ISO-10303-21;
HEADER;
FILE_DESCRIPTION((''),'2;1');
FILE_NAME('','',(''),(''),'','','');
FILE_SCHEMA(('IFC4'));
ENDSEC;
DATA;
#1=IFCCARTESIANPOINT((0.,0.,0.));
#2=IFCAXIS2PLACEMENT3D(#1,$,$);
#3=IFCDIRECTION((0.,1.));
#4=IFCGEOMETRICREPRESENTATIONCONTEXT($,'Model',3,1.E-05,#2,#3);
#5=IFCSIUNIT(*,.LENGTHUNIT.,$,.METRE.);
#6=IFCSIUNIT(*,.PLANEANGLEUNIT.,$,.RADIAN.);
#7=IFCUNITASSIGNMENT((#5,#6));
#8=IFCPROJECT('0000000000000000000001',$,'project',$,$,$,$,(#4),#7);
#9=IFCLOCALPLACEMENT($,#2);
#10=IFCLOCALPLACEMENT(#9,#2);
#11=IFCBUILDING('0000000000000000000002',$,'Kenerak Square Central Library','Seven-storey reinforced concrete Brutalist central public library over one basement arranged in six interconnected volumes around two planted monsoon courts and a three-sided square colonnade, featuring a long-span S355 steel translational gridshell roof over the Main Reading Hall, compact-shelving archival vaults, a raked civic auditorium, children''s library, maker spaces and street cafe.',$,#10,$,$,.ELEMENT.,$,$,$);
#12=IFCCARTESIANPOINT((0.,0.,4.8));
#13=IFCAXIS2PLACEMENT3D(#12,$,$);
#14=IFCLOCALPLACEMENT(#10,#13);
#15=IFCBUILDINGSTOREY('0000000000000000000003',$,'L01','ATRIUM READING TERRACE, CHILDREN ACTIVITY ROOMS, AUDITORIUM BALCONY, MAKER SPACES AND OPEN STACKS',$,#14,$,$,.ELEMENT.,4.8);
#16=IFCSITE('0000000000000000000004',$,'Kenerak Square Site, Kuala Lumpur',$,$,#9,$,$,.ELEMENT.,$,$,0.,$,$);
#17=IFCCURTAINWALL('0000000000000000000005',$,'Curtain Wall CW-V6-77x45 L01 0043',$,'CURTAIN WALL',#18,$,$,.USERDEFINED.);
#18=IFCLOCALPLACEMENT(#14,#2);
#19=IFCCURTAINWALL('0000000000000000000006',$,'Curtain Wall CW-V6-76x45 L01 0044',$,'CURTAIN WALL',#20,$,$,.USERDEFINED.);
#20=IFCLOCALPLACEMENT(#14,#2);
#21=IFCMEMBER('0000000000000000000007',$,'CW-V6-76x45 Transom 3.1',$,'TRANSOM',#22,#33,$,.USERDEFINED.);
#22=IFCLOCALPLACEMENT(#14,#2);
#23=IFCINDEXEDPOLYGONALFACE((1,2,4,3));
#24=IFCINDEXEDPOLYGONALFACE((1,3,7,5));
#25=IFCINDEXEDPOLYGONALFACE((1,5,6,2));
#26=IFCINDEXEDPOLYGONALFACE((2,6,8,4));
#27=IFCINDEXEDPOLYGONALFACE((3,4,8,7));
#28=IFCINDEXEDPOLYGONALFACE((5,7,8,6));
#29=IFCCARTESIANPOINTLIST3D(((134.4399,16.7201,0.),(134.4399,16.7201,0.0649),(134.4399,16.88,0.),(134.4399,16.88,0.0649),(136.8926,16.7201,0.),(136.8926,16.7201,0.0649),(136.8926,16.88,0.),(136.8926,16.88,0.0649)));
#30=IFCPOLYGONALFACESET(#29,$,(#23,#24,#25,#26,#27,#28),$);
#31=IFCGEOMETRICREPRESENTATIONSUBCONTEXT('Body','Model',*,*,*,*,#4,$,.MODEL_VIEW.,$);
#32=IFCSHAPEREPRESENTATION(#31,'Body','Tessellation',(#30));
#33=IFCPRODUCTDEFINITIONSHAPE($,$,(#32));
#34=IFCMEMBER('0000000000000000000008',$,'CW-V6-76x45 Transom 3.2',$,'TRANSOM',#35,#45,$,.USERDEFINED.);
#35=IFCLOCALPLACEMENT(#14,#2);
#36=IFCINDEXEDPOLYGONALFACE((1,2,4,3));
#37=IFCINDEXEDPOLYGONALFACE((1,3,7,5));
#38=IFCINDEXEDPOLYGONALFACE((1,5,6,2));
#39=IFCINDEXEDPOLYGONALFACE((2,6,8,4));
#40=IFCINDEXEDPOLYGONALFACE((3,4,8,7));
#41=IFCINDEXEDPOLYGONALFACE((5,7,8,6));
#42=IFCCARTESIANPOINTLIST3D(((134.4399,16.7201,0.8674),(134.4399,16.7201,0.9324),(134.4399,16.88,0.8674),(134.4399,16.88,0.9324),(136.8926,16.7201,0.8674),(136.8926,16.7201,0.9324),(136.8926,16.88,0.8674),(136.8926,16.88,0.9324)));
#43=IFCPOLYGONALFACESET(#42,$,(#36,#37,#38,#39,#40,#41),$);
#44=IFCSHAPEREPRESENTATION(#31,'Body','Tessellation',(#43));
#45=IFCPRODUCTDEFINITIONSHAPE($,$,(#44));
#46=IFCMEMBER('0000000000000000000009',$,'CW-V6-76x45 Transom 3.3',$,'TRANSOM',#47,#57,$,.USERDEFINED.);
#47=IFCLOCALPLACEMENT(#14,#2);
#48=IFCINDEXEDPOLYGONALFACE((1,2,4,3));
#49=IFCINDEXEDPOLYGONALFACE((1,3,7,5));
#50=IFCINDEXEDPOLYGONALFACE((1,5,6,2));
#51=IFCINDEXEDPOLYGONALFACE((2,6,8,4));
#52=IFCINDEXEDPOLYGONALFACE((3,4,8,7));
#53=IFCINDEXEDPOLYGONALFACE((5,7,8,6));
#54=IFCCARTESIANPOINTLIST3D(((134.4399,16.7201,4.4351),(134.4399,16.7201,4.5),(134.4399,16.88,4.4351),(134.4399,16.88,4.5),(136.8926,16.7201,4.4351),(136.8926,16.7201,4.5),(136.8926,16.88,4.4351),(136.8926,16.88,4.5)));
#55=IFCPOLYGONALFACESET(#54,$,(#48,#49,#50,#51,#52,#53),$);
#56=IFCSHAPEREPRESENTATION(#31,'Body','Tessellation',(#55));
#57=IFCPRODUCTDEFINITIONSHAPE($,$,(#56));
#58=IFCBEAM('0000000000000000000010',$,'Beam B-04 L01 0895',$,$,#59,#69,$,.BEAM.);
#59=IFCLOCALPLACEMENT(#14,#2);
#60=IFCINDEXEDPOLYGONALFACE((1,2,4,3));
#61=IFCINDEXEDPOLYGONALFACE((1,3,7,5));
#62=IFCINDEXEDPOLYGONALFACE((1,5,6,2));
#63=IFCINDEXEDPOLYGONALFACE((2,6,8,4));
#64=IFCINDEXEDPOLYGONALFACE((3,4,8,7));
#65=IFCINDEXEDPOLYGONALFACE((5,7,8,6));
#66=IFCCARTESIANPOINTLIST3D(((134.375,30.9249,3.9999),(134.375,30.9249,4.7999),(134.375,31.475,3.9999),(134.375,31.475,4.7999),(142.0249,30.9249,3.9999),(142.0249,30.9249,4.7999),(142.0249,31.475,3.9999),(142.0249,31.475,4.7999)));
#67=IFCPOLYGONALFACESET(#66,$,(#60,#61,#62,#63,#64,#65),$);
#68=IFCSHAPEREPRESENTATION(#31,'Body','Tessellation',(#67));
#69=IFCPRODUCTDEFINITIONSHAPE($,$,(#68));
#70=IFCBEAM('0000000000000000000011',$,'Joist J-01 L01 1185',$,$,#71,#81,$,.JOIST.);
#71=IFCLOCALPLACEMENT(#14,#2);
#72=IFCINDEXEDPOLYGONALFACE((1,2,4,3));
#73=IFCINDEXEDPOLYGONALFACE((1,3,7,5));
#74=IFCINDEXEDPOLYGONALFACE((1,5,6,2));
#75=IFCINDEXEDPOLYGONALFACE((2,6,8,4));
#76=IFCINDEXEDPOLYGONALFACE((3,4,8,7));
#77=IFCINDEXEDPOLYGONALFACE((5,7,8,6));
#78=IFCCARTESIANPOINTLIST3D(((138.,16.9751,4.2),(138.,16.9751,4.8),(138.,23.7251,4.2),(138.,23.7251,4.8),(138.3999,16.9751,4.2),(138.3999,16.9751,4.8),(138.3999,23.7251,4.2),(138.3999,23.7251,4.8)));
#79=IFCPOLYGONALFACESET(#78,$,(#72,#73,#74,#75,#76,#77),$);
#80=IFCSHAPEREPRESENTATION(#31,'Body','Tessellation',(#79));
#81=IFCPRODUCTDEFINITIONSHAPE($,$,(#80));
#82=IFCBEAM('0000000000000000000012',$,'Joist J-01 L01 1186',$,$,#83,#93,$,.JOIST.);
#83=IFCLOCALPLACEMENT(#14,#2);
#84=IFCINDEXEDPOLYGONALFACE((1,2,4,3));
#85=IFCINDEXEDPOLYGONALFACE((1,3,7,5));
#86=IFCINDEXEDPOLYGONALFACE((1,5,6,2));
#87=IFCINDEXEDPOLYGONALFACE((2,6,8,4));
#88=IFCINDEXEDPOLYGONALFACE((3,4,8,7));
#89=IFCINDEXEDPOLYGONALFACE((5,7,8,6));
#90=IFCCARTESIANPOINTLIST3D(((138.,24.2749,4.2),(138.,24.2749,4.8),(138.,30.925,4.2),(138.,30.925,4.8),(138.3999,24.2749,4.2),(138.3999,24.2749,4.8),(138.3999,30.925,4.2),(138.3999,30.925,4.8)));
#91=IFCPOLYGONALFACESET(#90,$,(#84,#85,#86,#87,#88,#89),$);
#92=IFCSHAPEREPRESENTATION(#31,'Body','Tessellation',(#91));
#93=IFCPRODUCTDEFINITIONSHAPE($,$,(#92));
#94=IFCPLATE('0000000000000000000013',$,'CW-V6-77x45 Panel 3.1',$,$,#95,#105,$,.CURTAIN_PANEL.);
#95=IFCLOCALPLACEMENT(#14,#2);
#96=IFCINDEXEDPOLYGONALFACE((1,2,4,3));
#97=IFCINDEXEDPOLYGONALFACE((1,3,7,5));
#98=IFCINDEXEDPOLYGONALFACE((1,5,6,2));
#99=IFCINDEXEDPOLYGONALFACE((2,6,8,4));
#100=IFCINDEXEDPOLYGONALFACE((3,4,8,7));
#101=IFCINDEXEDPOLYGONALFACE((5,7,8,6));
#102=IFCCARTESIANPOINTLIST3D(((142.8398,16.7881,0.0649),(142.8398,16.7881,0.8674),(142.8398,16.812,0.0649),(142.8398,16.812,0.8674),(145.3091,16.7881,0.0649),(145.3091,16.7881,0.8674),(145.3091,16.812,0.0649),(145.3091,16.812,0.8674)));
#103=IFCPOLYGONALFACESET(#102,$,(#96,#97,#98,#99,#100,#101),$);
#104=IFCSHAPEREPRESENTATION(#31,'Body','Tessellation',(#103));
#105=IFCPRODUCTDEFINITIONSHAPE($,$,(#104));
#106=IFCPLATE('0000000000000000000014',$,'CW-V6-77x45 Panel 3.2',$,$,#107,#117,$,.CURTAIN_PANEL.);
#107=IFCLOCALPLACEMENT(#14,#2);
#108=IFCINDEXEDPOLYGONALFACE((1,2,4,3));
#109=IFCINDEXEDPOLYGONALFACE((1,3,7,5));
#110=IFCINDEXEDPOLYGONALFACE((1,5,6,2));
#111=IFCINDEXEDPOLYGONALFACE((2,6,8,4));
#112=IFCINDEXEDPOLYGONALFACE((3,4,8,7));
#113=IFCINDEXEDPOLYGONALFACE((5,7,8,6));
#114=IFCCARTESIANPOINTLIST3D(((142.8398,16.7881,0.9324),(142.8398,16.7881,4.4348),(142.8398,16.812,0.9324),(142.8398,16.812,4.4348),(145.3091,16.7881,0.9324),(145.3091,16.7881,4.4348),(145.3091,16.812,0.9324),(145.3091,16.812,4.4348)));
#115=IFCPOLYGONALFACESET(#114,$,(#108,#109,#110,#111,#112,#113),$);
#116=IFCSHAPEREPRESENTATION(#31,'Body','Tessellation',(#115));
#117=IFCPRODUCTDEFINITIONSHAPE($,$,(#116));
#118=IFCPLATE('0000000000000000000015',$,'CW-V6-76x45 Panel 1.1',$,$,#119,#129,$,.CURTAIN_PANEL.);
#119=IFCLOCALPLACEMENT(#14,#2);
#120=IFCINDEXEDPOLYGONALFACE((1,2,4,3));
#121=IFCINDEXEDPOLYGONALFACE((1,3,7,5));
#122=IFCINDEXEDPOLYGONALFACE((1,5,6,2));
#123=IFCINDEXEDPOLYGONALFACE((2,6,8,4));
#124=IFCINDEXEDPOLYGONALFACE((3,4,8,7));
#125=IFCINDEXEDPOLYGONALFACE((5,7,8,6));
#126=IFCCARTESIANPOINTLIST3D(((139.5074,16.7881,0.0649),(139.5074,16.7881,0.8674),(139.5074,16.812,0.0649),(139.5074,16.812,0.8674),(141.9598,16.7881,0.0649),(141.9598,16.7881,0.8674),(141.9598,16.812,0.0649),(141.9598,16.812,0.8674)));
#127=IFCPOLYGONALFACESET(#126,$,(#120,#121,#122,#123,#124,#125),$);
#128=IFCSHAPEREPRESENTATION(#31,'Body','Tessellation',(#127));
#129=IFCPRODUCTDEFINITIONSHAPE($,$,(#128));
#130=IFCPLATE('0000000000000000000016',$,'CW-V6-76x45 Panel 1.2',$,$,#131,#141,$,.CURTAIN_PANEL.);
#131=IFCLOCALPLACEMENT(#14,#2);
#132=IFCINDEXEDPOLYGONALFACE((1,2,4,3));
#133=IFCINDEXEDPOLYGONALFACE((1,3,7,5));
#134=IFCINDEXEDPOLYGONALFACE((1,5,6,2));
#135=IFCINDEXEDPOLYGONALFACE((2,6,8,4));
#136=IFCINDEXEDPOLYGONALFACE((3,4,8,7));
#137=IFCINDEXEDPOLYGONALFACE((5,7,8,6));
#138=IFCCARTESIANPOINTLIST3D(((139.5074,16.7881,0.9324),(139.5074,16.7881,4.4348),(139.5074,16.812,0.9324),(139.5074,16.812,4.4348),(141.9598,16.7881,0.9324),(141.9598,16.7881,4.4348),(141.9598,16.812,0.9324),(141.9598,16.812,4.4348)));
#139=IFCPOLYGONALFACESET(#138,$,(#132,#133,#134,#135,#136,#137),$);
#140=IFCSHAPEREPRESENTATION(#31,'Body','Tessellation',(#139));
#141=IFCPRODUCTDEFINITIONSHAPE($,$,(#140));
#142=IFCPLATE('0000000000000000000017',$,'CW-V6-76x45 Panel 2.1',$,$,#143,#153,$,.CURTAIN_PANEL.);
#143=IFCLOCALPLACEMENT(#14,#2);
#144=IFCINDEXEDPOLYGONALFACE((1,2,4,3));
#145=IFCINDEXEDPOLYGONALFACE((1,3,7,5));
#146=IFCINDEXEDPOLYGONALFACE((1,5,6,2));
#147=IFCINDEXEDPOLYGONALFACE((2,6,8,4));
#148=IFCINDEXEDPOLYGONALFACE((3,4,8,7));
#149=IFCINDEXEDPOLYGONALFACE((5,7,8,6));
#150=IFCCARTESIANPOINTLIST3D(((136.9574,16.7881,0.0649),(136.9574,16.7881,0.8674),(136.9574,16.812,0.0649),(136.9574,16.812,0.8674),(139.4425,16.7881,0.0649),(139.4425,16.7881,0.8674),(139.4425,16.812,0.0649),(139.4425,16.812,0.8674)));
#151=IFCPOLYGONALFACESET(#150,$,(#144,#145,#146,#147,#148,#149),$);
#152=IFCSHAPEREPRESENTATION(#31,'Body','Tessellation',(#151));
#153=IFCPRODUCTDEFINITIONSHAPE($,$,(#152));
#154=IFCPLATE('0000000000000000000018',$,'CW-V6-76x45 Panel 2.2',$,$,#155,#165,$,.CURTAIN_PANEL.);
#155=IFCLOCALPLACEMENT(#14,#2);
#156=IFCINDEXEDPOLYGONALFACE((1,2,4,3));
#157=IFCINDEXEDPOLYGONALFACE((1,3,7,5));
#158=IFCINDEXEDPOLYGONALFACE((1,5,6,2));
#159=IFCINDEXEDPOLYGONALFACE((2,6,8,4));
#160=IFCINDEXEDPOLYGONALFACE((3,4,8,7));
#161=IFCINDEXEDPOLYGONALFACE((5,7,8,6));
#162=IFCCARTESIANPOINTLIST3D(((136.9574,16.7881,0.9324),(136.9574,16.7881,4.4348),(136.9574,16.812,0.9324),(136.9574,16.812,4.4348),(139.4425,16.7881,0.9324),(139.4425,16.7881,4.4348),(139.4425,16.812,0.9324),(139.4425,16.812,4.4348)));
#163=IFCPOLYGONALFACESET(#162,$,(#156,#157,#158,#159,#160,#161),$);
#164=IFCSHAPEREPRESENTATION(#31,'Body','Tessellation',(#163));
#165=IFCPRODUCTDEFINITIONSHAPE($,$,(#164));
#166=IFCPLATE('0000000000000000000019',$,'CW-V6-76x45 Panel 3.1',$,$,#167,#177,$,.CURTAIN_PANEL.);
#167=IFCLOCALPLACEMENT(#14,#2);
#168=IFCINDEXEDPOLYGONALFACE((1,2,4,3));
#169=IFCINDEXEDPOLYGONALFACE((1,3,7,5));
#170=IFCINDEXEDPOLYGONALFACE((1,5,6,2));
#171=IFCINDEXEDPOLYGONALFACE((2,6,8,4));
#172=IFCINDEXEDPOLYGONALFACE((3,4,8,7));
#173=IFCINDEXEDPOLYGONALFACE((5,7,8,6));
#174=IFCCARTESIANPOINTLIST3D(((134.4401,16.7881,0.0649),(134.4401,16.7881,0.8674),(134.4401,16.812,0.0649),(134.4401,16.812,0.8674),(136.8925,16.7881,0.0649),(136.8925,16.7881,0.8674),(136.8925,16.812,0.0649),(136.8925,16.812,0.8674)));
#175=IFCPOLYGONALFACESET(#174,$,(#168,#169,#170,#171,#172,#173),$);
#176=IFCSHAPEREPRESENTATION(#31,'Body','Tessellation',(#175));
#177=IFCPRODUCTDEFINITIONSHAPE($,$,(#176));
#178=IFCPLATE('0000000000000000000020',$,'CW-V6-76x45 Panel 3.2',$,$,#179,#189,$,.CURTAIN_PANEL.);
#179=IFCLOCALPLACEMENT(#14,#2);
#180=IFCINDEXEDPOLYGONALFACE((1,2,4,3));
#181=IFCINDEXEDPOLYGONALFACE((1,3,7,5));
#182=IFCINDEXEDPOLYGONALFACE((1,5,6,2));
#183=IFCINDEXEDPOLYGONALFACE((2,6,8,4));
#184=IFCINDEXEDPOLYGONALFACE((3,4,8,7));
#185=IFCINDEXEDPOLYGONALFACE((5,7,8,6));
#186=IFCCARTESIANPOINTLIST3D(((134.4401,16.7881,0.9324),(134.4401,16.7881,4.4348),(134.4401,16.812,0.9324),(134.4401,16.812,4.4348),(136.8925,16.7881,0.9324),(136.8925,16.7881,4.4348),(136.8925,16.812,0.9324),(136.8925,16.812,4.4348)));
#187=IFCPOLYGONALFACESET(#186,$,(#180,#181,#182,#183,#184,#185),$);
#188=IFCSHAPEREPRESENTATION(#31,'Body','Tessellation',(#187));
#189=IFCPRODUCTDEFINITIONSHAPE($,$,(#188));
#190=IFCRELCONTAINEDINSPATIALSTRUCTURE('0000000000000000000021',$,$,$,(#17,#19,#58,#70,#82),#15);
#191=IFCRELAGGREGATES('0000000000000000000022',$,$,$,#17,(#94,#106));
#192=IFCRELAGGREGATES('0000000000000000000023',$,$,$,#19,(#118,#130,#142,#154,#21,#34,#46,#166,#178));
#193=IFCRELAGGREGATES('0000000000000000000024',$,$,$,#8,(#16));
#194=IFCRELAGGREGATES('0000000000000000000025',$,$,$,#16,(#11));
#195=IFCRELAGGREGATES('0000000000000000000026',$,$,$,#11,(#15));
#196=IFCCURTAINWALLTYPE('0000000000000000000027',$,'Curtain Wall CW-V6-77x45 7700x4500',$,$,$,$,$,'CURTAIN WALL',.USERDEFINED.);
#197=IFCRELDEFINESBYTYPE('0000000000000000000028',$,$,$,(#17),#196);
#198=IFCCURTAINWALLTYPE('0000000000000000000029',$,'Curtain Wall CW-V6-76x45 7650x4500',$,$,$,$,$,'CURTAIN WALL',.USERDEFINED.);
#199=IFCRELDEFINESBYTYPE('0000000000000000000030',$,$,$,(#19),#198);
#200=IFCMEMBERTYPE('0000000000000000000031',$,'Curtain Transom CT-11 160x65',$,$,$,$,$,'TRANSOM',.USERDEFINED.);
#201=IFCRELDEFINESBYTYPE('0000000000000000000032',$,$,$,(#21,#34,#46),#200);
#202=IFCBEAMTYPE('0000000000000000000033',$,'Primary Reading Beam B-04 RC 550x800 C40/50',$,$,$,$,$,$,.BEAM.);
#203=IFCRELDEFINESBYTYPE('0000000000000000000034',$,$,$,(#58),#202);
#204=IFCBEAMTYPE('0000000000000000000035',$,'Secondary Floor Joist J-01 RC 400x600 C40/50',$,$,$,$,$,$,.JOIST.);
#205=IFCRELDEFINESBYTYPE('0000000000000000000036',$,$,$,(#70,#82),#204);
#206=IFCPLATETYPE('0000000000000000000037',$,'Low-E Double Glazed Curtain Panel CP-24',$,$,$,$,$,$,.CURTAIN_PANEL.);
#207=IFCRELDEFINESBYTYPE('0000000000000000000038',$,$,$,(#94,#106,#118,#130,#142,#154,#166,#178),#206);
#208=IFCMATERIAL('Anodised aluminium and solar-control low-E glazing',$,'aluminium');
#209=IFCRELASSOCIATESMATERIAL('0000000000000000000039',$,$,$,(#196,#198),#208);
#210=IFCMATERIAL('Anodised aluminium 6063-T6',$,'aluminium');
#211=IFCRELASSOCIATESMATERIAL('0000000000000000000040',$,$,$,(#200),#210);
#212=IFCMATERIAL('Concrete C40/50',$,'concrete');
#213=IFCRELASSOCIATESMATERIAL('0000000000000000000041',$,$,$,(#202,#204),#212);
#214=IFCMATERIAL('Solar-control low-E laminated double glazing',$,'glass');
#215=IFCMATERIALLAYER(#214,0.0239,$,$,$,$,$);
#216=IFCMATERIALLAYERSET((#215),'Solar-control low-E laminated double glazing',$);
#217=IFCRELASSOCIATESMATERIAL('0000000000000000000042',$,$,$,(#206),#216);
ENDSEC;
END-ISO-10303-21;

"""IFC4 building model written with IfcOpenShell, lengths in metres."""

from ifc_helpers import new_model, si_unit, direction, frame, origin, origin_2d, place, context, subcontext, project, spatial, rectangle, extrude, material, layer, layer_set, material_profile, profile_set, type_object, element, aggregate, save


model = new_model("IFC4")

# Units and contexts
model_context = context("Model", 3, precision=1e-05, world=origin(), true_north=direction((0.0, 1.0)))
body_context = subcontext(model_context, "Body", "Model", "MODEL_VIEW")
ifc_project = project(units=[si_unit("LENGTHUNIT", "METRE"), si_unit("PLANEANGLEUNIT", "RADIAN")], contexts=[model_context])

# Site, building, storey
site_placement = place(None, origin())
site = spatial("IfcSite", under=ifc_project, at=site_placement, Name="Kenerak Square Site, Kuala Lumpur", CompositionType="ELEMENT", RefElevation=0.0)
building_placement = place(site_placement, origin())
building = spatial("IfcBuilding", under=site, at=building_placement, Name="Kenerak Square Central Library", Description="Seven-storey reinforced concrete Brutalist central public library over one basement arranged in six interconnected volumes around two planted monsoon courts and a three-sided square colonnade, featuring a long-span S355 steel translational gridshell roof over the Main Reading Hall, compact-shelving archival vaults, a raked civic auditorium, children's library, maker spaces and street cafe.", CompositionType="ELEMENT")
storey_placement = place(building_placement, frame((0.0, 0.0, 4.8)))
storey = spatial("IfcBuildingStorey", under=building, at=storey_placement, Name="L01", Description="ATRIUM READING TERRACE, CHILDREN ACTIVITY ROOMS, AUDITORIUM BALCONY, MAKER SPACES AND OPEN STACKS", CompositionType="ELEMENT", Elevation=4.8)

# Shared definitions
ifc_material_1 = material(Name="Concrete C40/50", Category="concrete")

# Curtain wall
ifc_material_2 = material(Name="Anodised aluminium and solar-control low-E glazing", Category="aluminium")
curtain_wall_type_1 = type_object("IfcCurtainWallType", Name="Curtain Wall CW-V6-77x45 7700x4500", ElementType="CURTAIN WALL", PredefinedType="USERDEFINED", material=ifc_material_2)
curtain_wall_1_placement = place(storey_placement, origin())
curtain_wall_1 = element("IfcCurtainWall", 1, at=curtain_wall_1_placement, inside=storey, type_object=curtain_wall_type_1, Name="Curtain Wall CW-V6-77x45 L01 0043", ObjectType="CURTAIN WALL", PredefinedType="USERDEFINED")
ifc_material_3 = material(Name="Anodised aluminium 6063-T6", Category="aluminium")

# Curtain wall, members
curtain_wall_type_2 = type_object("IfcCurtainWallType", Name="Curtain Wall CW-V6-76x45 7650x4500", ElementType="CURTAIN WALL", PredefinedType="USERDEFINED", material=ifc_material_2)
curtain_wall_2_placement = place(storey_placement, origin())
curtain_wall_2 = element("IfcCurtainWall", 2, at=curtain_wall_2_placement, inside=storey, type_object=curtain_wall_type_2, Name="Curtain Wall CW-V6-76x45 L01 0044", ObjectType="CURTAIN WALL", PredefinedType="USERDEFINED")
ifc_material_profile_1 = material_profile(ifc_material_3, rectangle(XDim=0.1599, YDim=0.0649, at=origin_2d()), Name="AL TRANSOM 160x65")
ifc_profile_set_1 = profile_set([ifc_material_profile_1], Name="Anodised aluminium 6063-T6")
member_type_1 = type_object("IfcMemberType", Name="Curtain Transom CT-11 160x65", ElementType="TRANSOM", PredefinedType="USERDEFINED", material=ifc_profile_set_1)
member_1_placement = place(storey_placement, frame((136.8926, 16.8, 0.0325), z_axis=(-1.0, 0.0, 0.0), x_axis=(0.0, -1.0, 0.0)))
member_1 = element("IfcMember", 3, at=member_1_placement, type_object=member_type_1, Name="CW-V6-76x45 Transom 3.1", ObjectType="TRANSOM", PredefinedType="USERDEFINED", context=body_context, shape_type="SweptSolid", body=[
    extrude(rectangle(XDim=0.1599, YDim=0.0649, at=origin_2d()), origin(), (0.0, 0.0, 1.0), 2.4526),
])
member_2_placement = place(storey_placement, frame((136.8926, 16.8, 0.8999), z_axis=(-1.0, 0.0, 0.0), x_axis=(0.0, -1.0, 0.0)))
member_2 = element("IfcMember", 4, at=member_2_placement, type_object=member_type_1, Name="CW-V6-76x45 Transom 3.2", ObjectType="TRANSOM", PredefinedType="USERDEFINED", context=body_context, shape_type="SweptSolid", body=[
    extrude(rectangle(XDim=0.1599, YDim=0.0649, at=origin_2d()), origin(), (0.0, 0.0, 1.0), 2.4526),
])
member_3_placement = place(storey_placement, frame((136.8926, 16.8, 4.4675), z_axis=(-1.0, 0.0, 0.0), x_axis=(0.0, -1.0, 0.0)))
member_3 = element("IfcMember", 5, at=member_3_placement, type_object=member_type_1, Name="CW-V6-76x45 Transom 3.3", ObjectType="TRANSOM", PredefinedType="USERDEFINED", context=body_context, shape_type="SweptSolid", body=[
    extrude(rectangle(XDim=0.1599, YDim=0.0649, at=origin_2d()), origin(), (0.0, 0.0, 1.0), 2.4526),
])

# Beams
ifc_material_profile_2 = material_profile(ifc_material_1, rectangle(XDim=0.55, YDim=0.8, at=origin_2d()), Name="RC 550x800")
ifc_profile_set_2 = profile_set([ifc_material_profile_2], Name="Concrete C40/50")
beam_type_1 = type_object("IfcBeamType", Name="Primary Reading Beam B-04 RC 550x800 C40/50", PredefinedType="BEAM", material=ifc_profile_set_2)
beam_1_placement = place(storey_placement, frame((134.375, 31.2, 4.3999), z_axis=(1.0, 0.0, 0.0), x_axis=(0.0, 1.0, 0.0)))
element("IfcBeam", 6, at=beam_1_placement, inside=storey, type_object=beam_type_1, Name="Beam B-04 L01 0895", PredefinedType="BEAM", context=body_context, shape_type="SweptSolid", body=[
    extrude(rectangle(XDim=0.55, YDim=0.8, at=origin_2d()), origin(), (0.0, 0.0, 1.0), 7.6499),
])
ifc_material_profile_3 = material_profile(ifc_material_1, rectangle(XDim=0.3999, YDim=0.6001, at=origin_2d()), Name="RC 400x600")
ifc_profile_set_3 = profile_set([ifc_material_profile_3], Name="Concrete C40/50")
beam_type_2 = type_object("IfcBeamType", Name="Secondary Floor Joist J-01 RC 400x600 C40/50", PredefinedType="JOIST", material=ifc_profile_set_3)
beam_2_placement = place(storey_placement, frame((138.2, 16.9751, 4.5), z_axis=(0.0, 1.0, 0.0), x_axis=(-1.0, 0.0, 0.0)))
element("IfcBeam", 7, at=beam_2_placement, inside=storey, type_object=beam_type_2, Name="Joist J-01 L01 1185", PredefinedType="JOIST", context=body_context, shape_type="SweptSolid", body=[
    extrude(rectangle(XDim=0.3999, YDim=0.6001, at=origin_2d()), origin(), (0.0, 0.0, 1.0), 6.75),
])
beam_3_placement = place(storey_placement, frame((138.2, 24.2749, 4.5), z_axis=(0.0, 1.0, 0.0), x_axis=(-1.0, 0.0, 0.0)))
element("IfcBeam", 8, at=beam_3_placement, inside=storey, type_object=beam_type_2, Name="Joist J-01 L01 1186", PredefinedType="JOIST", context=body_context, shape_type="SweptSolid", body=[
    extrude(rectangle(XDim=0.3999, YDim=0.6001, at=origin_2d()), origin(), (0.0, 0.0, 1.0), 6.6501),
])

# Plates
ifc_material_4 = material(Name="Solar-control low-E laminated double glazing", Category="glass")
ifc_layer_1 = layer(ifc_material_4, 0.0239)
ifc_layer_set_1 = layer_set([ifc_layer_1], Name="Solar-control low-E laminated double glazing")
plate_type = type_object("IfcPlateType", Name="Low-E Double Glazed Curtain Panel CP-24", PredefinedType="CURTAIN_PANEL", material=ifc_layer_set_1)
plate_1_placement = place(storey_placement, frame((144.0745, 16.8, 0.0649), z_axis=(0.0, 0.0, 1.0), x_axis=(-1.0, 0.0, 0.0)))
plate_1 = element("IfcPlate", 9, at=plate_1_placement, type_object=plate_type, Name="CW-V6-77x45 Panel 3.1", PredefinedType="CURTAIN_PANEL", context=body_context, shape_type="SweptSolid", body=[
    extrude(rectangle(XDim=2.4692, YDim=0.0239, at=origin_2d()), origin(), (0.0, 0.0, 1.0), 0.8025),
])
plate_2_placement = place(storey_placement, frame((144.0745, 16.8, 0.9324), z_axis=(0.0, 0.0, 1.0), x_axis=(-1.0, 0.0, 0.0)))
plate_2 = element("IfcPlate", 10, at=plate_2_placement, type_object=plate_type, Name="CW-V6-77x45 Panel 3.2", PredefinedType="CURTAIN_PANEL", context=body_context, shape_type="SweptSolid", body=[
    extrude(rectangle(XDim=2.4692, YDim=0.0239, at=origin_2d()), origin(), (0.0, 0.0, 1.0), 3.5024),
])
aggregate(curtain_wall_1, [plate_1, plate_2])
plate_3_placement = place(storey_placement, frame((140.7336, 16.8, 0.0649), z_axis=(0.0, 0.0, 1.0), x_axis=(-1.0, 0.0, 0.0)))
plate_3 = element("IfcPlate", 11, at=plate_3_placement, type_object=plate_type, Name="CW-V6-76x45 Panel 1.1", PredefinedType="CURTAIN_PANEL", context=body_context, shape_type="SweptSolid", body=[
    extrude(rectangle(XDim=2.4524, YDim=0.0239, at=origin_2d()), origin(), (0.0, 0.0, 1.0), 0.8025),
])
plate_4_placement = place(storey_placement, frame((140.7336, 16.8, 0.9324), z_axis=(0.0, 0.0, 1.0), x_axis=(-1.0, 0.0, 0.0)))
plate_4 = element("IfcPlate", 12, at=plate_4_placement, type_object=plate_type, Name="CW-V6-76x45 Panel 1.2", PredefinedType="CURTAIN_PANEL", context=body_context, shape_type="SweptSolid", body=[
    extrude(rectangle(XDim=2.4524, YDim=0.0239, at=origin_2d()), origin(), (0.0, 0.0, 1.0), 3.5024),
])
plate_5_placement = place(storey_placement, frame((138.2, 16.8, 0.0649), z_axis=(0.0, 0.0, 1.0), x_axis=(-1.0, 0.0, 0.0)))
plate_5 = element("IfcPlate", 13, at=plate_5_placement, type_object=plate_type, Name="CW-V6-76x45 Panel 2.1", PredefinedType="CURTAIN_PANEL", context=body_context, shape_type="SweptSolid", body=[
    extrude(rectangle(XDim=2.4851, YDim=0.0239, at=origin_2d()), origin(), (0.0, 0.0, 1.0), 0.8025),
])
plate_6_placement = place(storey_placement, frame((138.2, 16.8, 0.9324), z_axis=(0.0, 0.0, 1.0), x_axis=(-1.0, 0.0, 0.0)))
plate_6 = element("IfcPlate", 14, at=plate_6_placement, type_object=plate_type, Name="CW-V6-76x45 Panel 2.2", PredefinedType="CURTAIN_PANEL", context=body_context, shape_type="SweptSolid", body=[
    extrude(rectangle(XDim=2.4851, YDim=0.0239, at=origin_2d()), origin(), (0.0, 0.0, 1.0), 3.5024),
])
plate_7_placement = place(storey_placement, frame((135.6663, 16.8, 0.0649), z_axis=(0.0, 0.0, 1.0), x_axis=(-1.0, 0.0, 0.0)))
plate_7 = element("IfcPlate", 15, at=plate_7_placement, type_object=plate_type, Name="CW-V6-76x45 Panel 3.1", PredefinedType="CURTAIN_PANEL", context=body_context, shape_type="SweptSolid", body=[
    extrude(rectangle(XDim=2.4524, YDim=0.0239, at=origin_2d()), origin(), (0.0, 0.0, 1.0), 0.8025),
])
plate_8_placement = place(storey_placement, frame((135.6663, 16.8, 0.9324), z_axis=(0.0, 0.0, 1.0), x_axis=(-1.0, 0.0, 0.0)))
plate_8 = element("IfcPlate", 16, at=plate_8_placement, type_object=plate_type, Name="CW-V6-76x45 Panel 3.2", PredefinedType="CURTAIN_PANEL", context=body_context, shape_type="SweptSolid", body=[
    extrude(rectangle(XDim=2.4524, YDim=0.0239, at=origin_2d()), origin(), (0.0, 0.0, 1.0), 3.5024),
])
aggregate(curtain_wall_2, [plate_3, plate_4, plate_5, plate_6, member_1, member_2, member_3, plate_7, plate_8])

save(model, "model.ifc")
